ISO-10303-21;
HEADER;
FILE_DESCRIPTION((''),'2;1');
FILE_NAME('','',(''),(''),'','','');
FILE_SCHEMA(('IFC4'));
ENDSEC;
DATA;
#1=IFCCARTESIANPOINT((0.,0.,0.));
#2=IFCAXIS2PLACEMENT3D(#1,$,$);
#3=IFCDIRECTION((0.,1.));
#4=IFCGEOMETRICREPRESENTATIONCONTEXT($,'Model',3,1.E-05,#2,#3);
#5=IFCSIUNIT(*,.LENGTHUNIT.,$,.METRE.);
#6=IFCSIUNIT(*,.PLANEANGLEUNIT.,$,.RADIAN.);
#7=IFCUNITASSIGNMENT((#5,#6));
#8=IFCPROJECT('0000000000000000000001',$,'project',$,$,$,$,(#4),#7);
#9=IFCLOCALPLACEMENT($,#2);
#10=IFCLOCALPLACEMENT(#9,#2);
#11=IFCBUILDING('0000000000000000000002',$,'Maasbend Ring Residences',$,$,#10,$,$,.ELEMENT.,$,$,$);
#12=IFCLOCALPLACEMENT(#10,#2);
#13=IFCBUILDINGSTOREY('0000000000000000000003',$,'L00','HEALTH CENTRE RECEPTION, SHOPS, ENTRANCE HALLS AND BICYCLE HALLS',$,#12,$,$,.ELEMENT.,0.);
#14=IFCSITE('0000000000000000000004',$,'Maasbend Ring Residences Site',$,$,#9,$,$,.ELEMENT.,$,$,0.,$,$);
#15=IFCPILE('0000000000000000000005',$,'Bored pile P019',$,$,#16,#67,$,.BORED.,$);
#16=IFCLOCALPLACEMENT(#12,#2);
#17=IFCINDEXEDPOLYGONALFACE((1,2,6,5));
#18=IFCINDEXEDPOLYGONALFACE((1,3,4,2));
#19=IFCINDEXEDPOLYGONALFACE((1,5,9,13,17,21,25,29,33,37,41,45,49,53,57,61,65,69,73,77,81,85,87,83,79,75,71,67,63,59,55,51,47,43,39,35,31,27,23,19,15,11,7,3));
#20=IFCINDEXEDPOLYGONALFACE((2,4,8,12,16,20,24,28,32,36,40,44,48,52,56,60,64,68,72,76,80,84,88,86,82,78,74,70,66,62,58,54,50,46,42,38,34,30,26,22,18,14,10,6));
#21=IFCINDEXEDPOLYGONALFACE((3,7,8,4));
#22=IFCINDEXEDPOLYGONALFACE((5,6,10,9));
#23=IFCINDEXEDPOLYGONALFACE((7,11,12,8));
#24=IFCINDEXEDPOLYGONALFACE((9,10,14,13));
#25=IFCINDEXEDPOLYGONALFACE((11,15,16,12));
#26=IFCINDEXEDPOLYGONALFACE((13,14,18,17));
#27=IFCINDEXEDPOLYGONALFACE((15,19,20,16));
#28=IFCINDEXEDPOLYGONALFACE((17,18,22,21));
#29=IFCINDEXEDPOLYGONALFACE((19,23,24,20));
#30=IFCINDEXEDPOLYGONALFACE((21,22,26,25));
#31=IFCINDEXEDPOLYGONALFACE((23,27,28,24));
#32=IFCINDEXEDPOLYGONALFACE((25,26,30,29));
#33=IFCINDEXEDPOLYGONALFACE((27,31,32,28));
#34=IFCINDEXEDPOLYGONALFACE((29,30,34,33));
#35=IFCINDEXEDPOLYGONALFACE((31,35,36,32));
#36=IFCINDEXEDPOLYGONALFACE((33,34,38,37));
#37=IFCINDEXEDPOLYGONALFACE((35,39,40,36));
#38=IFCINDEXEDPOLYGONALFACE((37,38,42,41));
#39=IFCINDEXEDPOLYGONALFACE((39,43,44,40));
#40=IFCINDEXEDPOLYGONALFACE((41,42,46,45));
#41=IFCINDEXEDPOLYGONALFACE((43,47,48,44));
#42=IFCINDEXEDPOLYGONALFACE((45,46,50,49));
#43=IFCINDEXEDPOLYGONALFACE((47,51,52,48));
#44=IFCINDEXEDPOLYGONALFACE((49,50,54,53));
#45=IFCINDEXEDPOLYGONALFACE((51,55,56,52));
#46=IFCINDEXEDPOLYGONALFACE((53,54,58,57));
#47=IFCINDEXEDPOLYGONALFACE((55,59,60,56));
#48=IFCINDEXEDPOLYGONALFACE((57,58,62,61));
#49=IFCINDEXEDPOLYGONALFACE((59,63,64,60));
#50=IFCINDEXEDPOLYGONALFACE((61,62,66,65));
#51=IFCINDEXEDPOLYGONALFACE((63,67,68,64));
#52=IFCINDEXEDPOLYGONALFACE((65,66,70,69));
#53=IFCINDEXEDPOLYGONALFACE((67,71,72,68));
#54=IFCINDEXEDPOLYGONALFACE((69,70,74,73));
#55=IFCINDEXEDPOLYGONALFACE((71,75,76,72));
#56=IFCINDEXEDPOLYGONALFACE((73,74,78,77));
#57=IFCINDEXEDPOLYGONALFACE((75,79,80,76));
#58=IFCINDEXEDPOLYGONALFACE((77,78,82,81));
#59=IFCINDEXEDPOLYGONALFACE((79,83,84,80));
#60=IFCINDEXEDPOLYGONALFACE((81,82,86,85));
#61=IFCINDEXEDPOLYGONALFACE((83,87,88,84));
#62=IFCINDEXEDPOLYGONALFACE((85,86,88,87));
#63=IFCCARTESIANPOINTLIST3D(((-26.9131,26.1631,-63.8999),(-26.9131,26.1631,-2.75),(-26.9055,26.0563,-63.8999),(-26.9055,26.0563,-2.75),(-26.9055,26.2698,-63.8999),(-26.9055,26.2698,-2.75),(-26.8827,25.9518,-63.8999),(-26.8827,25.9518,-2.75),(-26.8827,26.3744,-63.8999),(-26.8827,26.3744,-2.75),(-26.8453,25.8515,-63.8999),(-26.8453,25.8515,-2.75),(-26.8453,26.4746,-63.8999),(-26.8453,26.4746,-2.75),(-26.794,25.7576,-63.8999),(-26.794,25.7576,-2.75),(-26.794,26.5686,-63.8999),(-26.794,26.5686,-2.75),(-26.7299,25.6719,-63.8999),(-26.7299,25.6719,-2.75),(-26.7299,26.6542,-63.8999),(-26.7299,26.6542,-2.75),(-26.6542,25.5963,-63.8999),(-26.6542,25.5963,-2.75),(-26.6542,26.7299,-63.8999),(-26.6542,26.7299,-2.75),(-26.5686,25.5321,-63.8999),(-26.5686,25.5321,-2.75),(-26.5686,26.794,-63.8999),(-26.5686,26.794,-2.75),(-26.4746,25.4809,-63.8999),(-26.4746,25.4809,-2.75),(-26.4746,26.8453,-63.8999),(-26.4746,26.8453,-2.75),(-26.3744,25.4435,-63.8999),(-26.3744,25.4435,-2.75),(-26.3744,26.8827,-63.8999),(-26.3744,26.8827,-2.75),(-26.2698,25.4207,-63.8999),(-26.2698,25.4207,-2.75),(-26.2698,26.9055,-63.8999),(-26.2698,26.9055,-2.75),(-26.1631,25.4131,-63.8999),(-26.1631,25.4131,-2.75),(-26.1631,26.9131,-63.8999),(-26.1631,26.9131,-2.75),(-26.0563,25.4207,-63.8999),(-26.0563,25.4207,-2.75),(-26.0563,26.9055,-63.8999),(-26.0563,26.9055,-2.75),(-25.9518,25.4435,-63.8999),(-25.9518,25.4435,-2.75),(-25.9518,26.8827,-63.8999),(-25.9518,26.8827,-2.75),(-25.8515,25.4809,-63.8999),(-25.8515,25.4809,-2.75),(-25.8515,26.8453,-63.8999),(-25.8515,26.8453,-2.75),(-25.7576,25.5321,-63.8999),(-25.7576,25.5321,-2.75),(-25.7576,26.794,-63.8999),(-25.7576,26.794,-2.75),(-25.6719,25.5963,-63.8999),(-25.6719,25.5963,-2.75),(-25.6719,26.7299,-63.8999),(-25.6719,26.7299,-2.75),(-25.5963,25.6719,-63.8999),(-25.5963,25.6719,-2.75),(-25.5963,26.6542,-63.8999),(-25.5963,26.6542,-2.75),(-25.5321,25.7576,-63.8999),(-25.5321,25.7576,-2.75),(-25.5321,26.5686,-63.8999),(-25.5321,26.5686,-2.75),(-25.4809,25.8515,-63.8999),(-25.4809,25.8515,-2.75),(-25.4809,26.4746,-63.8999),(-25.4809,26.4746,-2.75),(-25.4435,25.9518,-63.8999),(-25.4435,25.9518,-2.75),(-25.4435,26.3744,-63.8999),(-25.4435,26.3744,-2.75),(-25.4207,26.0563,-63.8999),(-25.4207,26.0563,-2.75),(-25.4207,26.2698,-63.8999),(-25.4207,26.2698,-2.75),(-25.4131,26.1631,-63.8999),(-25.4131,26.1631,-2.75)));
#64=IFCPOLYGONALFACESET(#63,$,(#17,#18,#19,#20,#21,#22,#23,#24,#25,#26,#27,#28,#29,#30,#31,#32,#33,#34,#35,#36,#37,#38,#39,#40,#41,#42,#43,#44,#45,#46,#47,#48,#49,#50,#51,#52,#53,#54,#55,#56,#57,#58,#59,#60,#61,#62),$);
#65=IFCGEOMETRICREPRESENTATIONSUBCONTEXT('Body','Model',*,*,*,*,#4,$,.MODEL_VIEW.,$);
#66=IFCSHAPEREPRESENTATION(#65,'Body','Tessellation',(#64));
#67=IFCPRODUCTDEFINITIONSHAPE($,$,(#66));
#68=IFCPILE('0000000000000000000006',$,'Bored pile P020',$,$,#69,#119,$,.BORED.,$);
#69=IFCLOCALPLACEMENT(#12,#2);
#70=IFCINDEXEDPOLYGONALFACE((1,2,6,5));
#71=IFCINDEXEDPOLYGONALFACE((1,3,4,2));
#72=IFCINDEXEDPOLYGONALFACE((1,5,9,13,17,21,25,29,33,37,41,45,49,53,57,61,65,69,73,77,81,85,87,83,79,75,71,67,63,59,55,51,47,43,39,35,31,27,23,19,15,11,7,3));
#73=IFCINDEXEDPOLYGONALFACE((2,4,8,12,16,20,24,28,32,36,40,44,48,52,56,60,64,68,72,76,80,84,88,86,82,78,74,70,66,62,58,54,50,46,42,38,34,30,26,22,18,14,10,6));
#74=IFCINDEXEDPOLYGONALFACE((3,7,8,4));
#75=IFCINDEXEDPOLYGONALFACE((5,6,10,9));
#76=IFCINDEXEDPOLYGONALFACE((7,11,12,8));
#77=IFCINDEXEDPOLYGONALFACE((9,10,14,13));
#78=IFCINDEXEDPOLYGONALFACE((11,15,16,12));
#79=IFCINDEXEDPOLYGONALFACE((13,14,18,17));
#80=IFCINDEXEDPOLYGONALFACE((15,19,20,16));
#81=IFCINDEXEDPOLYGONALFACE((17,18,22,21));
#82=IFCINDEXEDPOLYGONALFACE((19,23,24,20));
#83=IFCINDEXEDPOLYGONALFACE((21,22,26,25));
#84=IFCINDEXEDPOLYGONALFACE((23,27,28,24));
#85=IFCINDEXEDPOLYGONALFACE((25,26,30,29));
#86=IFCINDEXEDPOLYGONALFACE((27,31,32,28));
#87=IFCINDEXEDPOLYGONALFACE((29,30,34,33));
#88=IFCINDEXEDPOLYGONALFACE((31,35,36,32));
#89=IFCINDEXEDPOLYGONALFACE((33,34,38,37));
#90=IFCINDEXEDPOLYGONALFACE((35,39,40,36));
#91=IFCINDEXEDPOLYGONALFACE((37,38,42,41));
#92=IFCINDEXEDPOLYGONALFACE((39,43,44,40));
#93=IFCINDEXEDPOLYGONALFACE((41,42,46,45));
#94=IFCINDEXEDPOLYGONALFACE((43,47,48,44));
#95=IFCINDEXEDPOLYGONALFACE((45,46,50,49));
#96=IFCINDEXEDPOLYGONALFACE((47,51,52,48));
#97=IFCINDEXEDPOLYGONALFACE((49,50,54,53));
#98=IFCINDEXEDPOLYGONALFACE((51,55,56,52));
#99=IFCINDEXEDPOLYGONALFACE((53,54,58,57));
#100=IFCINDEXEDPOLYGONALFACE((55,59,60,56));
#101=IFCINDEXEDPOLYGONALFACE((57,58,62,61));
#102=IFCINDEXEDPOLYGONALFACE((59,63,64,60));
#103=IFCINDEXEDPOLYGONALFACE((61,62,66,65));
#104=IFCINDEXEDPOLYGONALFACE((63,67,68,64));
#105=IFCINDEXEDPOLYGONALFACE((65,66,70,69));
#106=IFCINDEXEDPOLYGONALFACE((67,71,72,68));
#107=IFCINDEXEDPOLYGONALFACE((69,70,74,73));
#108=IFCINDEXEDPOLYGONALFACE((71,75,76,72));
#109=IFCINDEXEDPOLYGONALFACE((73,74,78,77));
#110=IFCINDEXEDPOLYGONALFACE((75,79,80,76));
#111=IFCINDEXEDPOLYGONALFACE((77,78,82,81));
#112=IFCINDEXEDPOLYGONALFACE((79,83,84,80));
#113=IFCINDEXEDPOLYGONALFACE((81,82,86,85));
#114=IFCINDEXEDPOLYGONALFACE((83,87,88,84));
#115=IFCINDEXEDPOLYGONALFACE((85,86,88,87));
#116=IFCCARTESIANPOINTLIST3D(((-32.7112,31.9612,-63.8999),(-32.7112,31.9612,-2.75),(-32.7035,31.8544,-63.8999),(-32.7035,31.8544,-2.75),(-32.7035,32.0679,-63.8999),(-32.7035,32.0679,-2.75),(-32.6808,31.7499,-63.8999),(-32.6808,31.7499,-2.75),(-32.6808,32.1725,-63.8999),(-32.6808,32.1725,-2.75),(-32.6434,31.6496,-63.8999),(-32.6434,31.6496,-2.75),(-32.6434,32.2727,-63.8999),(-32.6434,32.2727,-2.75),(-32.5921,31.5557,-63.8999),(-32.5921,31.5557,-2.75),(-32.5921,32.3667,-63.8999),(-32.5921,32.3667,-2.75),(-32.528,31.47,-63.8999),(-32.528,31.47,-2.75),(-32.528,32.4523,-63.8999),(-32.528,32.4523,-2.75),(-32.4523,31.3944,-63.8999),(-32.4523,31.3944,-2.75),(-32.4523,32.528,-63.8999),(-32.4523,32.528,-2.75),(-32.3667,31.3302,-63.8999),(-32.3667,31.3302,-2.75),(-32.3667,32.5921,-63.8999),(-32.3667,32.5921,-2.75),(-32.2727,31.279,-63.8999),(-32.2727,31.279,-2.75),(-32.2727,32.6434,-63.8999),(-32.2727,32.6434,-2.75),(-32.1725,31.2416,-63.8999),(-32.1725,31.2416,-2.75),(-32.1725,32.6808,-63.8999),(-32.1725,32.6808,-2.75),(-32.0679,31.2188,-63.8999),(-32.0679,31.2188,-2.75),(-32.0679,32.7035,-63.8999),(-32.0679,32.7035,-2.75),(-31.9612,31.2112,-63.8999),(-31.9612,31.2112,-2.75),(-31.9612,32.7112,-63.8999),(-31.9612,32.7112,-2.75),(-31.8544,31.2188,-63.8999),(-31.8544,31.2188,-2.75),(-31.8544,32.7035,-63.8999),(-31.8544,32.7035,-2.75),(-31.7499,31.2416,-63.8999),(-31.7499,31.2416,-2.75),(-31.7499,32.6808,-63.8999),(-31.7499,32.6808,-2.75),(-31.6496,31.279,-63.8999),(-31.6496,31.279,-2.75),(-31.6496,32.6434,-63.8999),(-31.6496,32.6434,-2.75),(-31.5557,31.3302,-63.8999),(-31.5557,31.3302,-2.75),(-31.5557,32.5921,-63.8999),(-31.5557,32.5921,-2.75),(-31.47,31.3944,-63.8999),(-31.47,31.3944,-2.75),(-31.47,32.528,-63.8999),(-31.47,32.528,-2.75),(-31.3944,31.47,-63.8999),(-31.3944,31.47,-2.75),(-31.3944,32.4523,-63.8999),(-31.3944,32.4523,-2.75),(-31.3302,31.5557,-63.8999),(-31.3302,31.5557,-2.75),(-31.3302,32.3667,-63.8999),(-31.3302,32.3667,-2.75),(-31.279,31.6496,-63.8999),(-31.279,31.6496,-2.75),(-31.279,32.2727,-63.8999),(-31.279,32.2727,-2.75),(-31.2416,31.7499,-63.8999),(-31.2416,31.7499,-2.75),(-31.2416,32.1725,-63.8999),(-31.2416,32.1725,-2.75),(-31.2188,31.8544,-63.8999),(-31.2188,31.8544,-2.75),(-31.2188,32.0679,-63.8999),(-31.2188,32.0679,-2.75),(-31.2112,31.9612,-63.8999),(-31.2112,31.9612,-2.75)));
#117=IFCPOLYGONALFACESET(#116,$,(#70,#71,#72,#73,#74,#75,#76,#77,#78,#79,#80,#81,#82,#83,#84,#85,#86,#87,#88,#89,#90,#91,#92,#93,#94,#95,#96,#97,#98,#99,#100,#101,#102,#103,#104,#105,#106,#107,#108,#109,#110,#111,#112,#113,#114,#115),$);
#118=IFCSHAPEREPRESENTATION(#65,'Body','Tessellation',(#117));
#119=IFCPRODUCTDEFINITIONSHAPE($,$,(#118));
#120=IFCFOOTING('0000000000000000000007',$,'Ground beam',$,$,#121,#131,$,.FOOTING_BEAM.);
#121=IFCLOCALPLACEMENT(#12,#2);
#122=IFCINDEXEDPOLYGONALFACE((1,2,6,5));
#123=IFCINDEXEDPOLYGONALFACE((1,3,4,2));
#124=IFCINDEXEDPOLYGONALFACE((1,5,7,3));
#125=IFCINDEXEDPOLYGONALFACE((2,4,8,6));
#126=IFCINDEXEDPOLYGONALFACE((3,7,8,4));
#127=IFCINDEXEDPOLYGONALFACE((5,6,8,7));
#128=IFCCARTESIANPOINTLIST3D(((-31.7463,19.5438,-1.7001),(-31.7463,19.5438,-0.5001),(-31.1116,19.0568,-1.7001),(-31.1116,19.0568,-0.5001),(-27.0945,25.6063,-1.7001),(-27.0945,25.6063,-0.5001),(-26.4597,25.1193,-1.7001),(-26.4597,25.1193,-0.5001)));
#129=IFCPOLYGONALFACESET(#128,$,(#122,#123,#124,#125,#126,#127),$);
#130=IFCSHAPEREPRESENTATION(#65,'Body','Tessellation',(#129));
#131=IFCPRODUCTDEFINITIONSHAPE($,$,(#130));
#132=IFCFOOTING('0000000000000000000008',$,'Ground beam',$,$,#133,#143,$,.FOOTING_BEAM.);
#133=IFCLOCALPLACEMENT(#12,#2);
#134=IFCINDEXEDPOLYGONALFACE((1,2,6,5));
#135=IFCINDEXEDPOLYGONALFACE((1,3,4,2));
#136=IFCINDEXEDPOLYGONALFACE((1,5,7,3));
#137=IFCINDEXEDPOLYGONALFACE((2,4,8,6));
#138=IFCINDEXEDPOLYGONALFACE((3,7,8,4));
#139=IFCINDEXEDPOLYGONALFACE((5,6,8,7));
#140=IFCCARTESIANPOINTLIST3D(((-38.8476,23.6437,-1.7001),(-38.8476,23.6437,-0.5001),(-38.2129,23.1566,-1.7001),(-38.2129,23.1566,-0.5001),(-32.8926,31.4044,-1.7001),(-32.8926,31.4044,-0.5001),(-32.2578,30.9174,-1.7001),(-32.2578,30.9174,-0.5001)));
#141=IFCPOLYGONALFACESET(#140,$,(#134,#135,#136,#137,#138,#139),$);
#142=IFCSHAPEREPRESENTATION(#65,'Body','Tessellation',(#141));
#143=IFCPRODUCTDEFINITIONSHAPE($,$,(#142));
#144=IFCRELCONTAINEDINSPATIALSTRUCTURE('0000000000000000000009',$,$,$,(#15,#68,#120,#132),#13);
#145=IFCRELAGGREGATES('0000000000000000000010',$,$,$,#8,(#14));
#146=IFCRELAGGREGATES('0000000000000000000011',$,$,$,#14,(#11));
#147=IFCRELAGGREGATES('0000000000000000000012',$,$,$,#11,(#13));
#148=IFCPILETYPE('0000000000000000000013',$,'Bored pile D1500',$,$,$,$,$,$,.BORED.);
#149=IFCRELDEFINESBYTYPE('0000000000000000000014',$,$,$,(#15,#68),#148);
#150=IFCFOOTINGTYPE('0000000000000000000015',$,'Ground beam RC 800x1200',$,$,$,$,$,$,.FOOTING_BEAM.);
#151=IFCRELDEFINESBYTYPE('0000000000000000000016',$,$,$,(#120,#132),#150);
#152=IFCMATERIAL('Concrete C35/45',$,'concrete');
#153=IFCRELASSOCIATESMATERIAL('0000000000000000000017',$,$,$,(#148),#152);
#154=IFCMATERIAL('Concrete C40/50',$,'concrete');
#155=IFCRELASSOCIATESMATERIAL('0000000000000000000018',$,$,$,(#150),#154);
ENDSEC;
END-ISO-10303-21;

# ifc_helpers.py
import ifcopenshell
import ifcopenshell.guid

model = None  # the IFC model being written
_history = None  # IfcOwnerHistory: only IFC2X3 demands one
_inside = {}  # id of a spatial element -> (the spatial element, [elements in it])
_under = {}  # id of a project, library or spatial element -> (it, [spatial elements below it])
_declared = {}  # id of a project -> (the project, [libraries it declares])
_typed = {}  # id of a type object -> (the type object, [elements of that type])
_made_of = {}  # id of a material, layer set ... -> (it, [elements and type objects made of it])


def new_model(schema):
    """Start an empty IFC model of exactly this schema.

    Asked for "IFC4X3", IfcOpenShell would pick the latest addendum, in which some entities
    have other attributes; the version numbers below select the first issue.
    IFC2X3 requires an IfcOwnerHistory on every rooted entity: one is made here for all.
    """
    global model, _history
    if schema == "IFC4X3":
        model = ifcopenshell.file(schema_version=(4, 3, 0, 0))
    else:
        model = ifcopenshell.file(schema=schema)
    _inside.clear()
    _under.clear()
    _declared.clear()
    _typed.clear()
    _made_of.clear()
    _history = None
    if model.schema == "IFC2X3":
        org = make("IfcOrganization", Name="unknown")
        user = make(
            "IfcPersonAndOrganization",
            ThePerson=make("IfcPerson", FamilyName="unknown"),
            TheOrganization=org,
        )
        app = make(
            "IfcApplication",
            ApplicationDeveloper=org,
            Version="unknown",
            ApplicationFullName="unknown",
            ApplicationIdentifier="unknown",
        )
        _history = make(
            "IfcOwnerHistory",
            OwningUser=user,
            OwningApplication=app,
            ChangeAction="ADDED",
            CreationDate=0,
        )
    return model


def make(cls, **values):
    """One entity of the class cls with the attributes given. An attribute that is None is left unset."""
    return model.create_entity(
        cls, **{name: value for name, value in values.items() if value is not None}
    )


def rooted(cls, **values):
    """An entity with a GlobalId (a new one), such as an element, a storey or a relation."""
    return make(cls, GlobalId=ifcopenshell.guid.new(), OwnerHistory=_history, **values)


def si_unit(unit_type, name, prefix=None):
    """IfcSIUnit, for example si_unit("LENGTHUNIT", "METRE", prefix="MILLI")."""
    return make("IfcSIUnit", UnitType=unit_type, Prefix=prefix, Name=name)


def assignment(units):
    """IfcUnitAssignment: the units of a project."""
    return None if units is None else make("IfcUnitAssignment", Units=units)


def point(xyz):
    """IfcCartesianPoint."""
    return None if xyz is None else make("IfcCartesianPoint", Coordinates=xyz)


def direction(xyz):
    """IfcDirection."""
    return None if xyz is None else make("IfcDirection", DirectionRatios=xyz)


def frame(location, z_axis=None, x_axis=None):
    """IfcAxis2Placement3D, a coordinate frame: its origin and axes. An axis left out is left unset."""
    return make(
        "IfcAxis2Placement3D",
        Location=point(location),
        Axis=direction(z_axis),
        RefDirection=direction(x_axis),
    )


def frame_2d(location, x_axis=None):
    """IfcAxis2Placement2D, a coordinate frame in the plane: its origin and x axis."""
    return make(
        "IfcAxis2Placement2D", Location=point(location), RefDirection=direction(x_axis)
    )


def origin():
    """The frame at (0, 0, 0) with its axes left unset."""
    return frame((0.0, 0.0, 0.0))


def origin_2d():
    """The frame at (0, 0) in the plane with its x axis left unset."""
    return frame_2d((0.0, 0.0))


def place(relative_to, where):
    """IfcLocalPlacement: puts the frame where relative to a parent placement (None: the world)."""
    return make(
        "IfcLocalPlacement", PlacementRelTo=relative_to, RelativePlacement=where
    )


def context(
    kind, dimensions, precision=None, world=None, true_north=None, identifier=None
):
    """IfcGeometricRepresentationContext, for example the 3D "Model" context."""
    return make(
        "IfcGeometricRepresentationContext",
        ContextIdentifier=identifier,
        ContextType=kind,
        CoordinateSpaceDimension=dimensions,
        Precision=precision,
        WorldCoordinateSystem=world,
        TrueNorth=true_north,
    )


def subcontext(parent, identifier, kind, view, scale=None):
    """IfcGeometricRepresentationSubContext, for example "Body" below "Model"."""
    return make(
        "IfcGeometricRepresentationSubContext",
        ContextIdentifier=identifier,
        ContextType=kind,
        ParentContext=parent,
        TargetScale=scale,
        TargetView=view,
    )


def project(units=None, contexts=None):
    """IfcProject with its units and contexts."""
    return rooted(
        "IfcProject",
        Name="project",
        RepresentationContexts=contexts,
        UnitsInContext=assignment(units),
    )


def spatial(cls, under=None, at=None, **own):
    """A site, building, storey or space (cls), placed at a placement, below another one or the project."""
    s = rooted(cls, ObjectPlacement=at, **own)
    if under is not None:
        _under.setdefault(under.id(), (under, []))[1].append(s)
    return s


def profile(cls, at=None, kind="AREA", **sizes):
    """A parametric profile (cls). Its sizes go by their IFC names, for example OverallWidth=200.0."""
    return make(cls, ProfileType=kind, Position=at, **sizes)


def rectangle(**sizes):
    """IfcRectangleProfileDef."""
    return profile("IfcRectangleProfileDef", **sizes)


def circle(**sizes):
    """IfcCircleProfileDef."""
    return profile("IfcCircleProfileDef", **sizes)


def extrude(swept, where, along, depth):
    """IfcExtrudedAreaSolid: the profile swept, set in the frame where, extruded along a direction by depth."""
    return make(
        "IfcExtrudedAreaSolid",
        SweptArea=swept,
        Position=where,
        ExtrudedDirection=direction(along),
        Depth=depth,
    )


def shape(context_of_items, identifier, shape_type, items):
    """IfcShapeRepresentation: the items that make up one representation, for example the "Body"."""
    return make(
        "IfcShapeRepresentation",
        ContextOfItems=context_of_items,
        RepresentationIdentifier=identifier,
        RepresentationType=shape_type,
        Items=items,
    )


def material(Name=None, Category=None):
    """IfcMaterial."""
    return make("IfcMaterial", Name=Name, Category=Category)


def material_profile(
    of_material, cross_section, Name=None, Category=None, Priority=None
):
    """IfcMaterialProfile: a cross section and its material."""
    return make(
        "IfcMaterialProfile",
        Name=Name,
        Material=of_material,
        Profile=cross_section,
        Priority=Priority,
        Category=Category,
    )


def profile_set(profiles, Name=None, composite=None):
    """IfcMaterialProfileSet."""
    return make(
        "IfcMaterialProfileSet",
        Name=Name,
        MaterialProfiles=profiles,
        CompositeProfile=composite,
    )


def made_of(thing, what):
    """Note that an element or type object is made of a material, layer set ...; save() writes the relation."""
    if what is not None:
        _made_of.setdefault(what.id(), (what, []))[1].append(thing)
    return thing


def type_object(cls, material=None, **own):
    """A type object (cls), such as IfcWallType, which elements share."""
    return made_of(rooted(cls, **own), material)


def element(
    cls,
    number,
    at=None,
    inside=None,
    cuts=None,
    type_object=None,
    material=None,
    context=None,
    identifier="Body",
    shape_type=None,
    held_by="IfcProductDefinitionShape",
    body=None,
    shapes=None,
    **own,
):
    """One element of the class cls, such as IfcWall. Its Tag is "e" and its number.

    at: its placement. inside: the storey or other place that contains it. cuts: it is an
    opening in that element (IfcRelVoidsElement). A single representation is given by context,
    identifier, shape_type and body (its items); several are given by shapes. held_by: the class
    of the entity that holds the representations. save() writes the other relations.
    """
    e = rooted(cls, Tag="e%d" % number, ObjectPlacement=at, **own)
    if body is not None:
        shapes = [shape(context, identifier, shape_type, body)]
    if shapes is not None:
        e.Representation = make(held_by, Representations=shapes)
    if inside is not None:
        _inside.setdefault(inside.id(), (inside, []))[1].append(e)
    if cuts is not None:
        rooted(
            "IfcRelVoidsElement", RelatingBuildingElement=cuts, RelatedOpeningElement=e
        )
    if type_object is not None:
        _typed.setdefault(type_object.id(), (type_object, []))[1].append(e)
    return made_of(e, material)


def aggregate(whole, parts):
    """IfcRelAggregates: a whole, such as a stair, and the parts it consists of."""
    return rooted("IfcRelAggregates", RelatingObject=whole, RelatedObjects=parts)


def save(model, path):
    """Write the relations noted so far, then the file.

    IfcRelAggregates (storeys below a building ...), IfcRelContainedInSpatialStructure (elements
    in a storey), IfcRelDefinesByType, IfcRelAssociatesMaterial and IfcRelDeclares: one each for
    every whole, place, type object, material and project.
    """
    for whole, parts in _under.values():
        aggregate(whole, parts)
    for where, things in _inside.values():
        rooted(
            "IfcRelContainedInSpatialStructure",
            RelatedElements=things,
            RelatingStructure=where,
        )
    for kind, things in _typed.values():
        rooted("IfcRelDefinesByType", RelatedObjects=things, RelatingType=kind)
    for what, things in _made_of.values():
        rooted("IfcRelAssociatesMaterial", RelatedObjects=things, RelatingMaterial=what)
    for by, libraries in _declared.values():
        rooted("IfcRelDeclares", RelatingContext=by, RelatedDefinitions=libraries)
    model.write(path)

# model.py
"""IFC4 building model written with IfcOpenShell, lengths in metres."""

from ifc_helpers import new_model, si_unit, direction, frame, origin, origin_2d, place, context, subcontext, project, spatial, rectangle, circle, extrude, material, material_profile, profile_set, type_object, element, save


model = new_model("IFC4")

# Units and contexts
model_context = context("Model", 3, precision=1e-05, world=origin(), true_north=direction((0.0, 1.0)))
body_context = subcontext(model_context, "Body", "Model", "MODEL_VIEW")
ifc_project = project(units=[si_unit("LENGTHUNIT", "METRE"), si_unit("PLANEANGLEUNIT", "RADIAN")], contexts=[model_context])

# Site, building, storey
site_placement = place(None, origin())
site = spatial("IfcSite", under=ifc_project, at=site_placement, Name="Maasbend Ring Residences Site", CompositionType="ELEMENT", RefElevation=0.0)
building_placement = place(site_placement, origin())
building = spatial("IfcBuilding", under=site, at=building_placement, Name="Maasbend Ring Residences", CompositionType="ELEMENT")
storey_placement = place(building_placement, origin())
storey = spatial("IfcBuildingStorey", under=building, at=storey_placement, Name="L00", Description="HEALTH CENTRE RECEPTION, SHOPS, ENTRANCE HALLS AND BICYCLE HALLS", CompositionType="ELEMENT", Elevation=0.0)

# Piles
ifc_material_1 = material(Name="Concrete C35/45", Category="concrete")
ifc_material_profile_1 = material_profile(ifc_material_1, circle(Radius=0.75, at=origin_2d()), Name="Bored pile D1500")
ifc_profile_set_1 = profile_set([ifc_material_profile_1], Name="Concrete C35/45")
pile_type = type_object("IfcPileType", Name="Bored pile D1500", PredefinedType="BORED", material=ifc_profile_set_1)
for number, where, z_axis, x_axis, name in (
    (1, (-26.1631, 26.1631, -2.75), (0.0, 0.0, -1.0), (1.0, 0.0, 0.0), "Bored pile P019"),
    (2, (-31.9612, 31.9612, -2.75), (0.0, 0.0, -1.0), (1.0, 0.0, 0.0), "Bored pile P020"),
):
    element("IfcPile", number, at=place(storey_placement, frame(where, z_axis=z_axis, x_axis=x_axis)), inside=storey, type_object=pile_type, Name=name, PredefinedType="BORED", context=body_context, shape_type="SweptSolid", body=[
        extrude(circle(Radius=0.75, at=origin_2d()), origin(), (0.0, 0.0, 1.0), 61.1499),
    ])

# Footings
ifc_material_2 = material(Name="Concrete C40/50", Category="concrete")
ifc_material_profile_2 = material_profile(ifc_material_2, rectangle(XDim=0.8, YDim=1.2, at=origin_2d()), Name="Ground beam RC 800x1200")
ifc_profile_set_2 = profile_set([ifc_material_profile_2], Name="Concrete C40/50")
footing_type = type_object("IfcFootingType", Name="Ground beam RC 800x1200", PredefinedType="FOOTING_BEAM", material=ifc_profile_set_2)
footing_1_placement = place(storey_placement, frame((-26.7771, 25.3628, -1.1001), z_axis=(-0.608756, -0.793357, 0.0), x_axis=(0.793357, -0.608756, 0.0)))
element("IfcFooting", 3, at=footing_1_placement, inside=storey, type_object=footing_type, Name="Ground beam", PredefinedType="FOOTING_BEAM", context=body_context, shape_type="SweptSolid", body=[
    extrude(rectangle(XDim=0.8, YDim=1.2, at=origin_2d()), origin(), (0.0, 0.0, 1.0), 7.6416),
])
footing_2_placement = place(storey_placement, frame((-32.5752, 31.1609, -1.1001), z_axis=(-0.608765, -0.793351, 0.0), x_axis=(0.793351, -0.608765, 0.0)))
element("IfcFooting", 4, at=footing_2_placement, inside=storey, type_object=footing_type, Name="Ground beam", PredefinedType="FOOTING_BEAM", context=body_context, shape_type="SweptSolid", body=[
    extrude(rectangle(XDim=0.8, YDim=1.2, at=origin_2d()), origin(), (0.0, 0.0, 1.0), 9.7822),
])

save(model, "model.ifc")
